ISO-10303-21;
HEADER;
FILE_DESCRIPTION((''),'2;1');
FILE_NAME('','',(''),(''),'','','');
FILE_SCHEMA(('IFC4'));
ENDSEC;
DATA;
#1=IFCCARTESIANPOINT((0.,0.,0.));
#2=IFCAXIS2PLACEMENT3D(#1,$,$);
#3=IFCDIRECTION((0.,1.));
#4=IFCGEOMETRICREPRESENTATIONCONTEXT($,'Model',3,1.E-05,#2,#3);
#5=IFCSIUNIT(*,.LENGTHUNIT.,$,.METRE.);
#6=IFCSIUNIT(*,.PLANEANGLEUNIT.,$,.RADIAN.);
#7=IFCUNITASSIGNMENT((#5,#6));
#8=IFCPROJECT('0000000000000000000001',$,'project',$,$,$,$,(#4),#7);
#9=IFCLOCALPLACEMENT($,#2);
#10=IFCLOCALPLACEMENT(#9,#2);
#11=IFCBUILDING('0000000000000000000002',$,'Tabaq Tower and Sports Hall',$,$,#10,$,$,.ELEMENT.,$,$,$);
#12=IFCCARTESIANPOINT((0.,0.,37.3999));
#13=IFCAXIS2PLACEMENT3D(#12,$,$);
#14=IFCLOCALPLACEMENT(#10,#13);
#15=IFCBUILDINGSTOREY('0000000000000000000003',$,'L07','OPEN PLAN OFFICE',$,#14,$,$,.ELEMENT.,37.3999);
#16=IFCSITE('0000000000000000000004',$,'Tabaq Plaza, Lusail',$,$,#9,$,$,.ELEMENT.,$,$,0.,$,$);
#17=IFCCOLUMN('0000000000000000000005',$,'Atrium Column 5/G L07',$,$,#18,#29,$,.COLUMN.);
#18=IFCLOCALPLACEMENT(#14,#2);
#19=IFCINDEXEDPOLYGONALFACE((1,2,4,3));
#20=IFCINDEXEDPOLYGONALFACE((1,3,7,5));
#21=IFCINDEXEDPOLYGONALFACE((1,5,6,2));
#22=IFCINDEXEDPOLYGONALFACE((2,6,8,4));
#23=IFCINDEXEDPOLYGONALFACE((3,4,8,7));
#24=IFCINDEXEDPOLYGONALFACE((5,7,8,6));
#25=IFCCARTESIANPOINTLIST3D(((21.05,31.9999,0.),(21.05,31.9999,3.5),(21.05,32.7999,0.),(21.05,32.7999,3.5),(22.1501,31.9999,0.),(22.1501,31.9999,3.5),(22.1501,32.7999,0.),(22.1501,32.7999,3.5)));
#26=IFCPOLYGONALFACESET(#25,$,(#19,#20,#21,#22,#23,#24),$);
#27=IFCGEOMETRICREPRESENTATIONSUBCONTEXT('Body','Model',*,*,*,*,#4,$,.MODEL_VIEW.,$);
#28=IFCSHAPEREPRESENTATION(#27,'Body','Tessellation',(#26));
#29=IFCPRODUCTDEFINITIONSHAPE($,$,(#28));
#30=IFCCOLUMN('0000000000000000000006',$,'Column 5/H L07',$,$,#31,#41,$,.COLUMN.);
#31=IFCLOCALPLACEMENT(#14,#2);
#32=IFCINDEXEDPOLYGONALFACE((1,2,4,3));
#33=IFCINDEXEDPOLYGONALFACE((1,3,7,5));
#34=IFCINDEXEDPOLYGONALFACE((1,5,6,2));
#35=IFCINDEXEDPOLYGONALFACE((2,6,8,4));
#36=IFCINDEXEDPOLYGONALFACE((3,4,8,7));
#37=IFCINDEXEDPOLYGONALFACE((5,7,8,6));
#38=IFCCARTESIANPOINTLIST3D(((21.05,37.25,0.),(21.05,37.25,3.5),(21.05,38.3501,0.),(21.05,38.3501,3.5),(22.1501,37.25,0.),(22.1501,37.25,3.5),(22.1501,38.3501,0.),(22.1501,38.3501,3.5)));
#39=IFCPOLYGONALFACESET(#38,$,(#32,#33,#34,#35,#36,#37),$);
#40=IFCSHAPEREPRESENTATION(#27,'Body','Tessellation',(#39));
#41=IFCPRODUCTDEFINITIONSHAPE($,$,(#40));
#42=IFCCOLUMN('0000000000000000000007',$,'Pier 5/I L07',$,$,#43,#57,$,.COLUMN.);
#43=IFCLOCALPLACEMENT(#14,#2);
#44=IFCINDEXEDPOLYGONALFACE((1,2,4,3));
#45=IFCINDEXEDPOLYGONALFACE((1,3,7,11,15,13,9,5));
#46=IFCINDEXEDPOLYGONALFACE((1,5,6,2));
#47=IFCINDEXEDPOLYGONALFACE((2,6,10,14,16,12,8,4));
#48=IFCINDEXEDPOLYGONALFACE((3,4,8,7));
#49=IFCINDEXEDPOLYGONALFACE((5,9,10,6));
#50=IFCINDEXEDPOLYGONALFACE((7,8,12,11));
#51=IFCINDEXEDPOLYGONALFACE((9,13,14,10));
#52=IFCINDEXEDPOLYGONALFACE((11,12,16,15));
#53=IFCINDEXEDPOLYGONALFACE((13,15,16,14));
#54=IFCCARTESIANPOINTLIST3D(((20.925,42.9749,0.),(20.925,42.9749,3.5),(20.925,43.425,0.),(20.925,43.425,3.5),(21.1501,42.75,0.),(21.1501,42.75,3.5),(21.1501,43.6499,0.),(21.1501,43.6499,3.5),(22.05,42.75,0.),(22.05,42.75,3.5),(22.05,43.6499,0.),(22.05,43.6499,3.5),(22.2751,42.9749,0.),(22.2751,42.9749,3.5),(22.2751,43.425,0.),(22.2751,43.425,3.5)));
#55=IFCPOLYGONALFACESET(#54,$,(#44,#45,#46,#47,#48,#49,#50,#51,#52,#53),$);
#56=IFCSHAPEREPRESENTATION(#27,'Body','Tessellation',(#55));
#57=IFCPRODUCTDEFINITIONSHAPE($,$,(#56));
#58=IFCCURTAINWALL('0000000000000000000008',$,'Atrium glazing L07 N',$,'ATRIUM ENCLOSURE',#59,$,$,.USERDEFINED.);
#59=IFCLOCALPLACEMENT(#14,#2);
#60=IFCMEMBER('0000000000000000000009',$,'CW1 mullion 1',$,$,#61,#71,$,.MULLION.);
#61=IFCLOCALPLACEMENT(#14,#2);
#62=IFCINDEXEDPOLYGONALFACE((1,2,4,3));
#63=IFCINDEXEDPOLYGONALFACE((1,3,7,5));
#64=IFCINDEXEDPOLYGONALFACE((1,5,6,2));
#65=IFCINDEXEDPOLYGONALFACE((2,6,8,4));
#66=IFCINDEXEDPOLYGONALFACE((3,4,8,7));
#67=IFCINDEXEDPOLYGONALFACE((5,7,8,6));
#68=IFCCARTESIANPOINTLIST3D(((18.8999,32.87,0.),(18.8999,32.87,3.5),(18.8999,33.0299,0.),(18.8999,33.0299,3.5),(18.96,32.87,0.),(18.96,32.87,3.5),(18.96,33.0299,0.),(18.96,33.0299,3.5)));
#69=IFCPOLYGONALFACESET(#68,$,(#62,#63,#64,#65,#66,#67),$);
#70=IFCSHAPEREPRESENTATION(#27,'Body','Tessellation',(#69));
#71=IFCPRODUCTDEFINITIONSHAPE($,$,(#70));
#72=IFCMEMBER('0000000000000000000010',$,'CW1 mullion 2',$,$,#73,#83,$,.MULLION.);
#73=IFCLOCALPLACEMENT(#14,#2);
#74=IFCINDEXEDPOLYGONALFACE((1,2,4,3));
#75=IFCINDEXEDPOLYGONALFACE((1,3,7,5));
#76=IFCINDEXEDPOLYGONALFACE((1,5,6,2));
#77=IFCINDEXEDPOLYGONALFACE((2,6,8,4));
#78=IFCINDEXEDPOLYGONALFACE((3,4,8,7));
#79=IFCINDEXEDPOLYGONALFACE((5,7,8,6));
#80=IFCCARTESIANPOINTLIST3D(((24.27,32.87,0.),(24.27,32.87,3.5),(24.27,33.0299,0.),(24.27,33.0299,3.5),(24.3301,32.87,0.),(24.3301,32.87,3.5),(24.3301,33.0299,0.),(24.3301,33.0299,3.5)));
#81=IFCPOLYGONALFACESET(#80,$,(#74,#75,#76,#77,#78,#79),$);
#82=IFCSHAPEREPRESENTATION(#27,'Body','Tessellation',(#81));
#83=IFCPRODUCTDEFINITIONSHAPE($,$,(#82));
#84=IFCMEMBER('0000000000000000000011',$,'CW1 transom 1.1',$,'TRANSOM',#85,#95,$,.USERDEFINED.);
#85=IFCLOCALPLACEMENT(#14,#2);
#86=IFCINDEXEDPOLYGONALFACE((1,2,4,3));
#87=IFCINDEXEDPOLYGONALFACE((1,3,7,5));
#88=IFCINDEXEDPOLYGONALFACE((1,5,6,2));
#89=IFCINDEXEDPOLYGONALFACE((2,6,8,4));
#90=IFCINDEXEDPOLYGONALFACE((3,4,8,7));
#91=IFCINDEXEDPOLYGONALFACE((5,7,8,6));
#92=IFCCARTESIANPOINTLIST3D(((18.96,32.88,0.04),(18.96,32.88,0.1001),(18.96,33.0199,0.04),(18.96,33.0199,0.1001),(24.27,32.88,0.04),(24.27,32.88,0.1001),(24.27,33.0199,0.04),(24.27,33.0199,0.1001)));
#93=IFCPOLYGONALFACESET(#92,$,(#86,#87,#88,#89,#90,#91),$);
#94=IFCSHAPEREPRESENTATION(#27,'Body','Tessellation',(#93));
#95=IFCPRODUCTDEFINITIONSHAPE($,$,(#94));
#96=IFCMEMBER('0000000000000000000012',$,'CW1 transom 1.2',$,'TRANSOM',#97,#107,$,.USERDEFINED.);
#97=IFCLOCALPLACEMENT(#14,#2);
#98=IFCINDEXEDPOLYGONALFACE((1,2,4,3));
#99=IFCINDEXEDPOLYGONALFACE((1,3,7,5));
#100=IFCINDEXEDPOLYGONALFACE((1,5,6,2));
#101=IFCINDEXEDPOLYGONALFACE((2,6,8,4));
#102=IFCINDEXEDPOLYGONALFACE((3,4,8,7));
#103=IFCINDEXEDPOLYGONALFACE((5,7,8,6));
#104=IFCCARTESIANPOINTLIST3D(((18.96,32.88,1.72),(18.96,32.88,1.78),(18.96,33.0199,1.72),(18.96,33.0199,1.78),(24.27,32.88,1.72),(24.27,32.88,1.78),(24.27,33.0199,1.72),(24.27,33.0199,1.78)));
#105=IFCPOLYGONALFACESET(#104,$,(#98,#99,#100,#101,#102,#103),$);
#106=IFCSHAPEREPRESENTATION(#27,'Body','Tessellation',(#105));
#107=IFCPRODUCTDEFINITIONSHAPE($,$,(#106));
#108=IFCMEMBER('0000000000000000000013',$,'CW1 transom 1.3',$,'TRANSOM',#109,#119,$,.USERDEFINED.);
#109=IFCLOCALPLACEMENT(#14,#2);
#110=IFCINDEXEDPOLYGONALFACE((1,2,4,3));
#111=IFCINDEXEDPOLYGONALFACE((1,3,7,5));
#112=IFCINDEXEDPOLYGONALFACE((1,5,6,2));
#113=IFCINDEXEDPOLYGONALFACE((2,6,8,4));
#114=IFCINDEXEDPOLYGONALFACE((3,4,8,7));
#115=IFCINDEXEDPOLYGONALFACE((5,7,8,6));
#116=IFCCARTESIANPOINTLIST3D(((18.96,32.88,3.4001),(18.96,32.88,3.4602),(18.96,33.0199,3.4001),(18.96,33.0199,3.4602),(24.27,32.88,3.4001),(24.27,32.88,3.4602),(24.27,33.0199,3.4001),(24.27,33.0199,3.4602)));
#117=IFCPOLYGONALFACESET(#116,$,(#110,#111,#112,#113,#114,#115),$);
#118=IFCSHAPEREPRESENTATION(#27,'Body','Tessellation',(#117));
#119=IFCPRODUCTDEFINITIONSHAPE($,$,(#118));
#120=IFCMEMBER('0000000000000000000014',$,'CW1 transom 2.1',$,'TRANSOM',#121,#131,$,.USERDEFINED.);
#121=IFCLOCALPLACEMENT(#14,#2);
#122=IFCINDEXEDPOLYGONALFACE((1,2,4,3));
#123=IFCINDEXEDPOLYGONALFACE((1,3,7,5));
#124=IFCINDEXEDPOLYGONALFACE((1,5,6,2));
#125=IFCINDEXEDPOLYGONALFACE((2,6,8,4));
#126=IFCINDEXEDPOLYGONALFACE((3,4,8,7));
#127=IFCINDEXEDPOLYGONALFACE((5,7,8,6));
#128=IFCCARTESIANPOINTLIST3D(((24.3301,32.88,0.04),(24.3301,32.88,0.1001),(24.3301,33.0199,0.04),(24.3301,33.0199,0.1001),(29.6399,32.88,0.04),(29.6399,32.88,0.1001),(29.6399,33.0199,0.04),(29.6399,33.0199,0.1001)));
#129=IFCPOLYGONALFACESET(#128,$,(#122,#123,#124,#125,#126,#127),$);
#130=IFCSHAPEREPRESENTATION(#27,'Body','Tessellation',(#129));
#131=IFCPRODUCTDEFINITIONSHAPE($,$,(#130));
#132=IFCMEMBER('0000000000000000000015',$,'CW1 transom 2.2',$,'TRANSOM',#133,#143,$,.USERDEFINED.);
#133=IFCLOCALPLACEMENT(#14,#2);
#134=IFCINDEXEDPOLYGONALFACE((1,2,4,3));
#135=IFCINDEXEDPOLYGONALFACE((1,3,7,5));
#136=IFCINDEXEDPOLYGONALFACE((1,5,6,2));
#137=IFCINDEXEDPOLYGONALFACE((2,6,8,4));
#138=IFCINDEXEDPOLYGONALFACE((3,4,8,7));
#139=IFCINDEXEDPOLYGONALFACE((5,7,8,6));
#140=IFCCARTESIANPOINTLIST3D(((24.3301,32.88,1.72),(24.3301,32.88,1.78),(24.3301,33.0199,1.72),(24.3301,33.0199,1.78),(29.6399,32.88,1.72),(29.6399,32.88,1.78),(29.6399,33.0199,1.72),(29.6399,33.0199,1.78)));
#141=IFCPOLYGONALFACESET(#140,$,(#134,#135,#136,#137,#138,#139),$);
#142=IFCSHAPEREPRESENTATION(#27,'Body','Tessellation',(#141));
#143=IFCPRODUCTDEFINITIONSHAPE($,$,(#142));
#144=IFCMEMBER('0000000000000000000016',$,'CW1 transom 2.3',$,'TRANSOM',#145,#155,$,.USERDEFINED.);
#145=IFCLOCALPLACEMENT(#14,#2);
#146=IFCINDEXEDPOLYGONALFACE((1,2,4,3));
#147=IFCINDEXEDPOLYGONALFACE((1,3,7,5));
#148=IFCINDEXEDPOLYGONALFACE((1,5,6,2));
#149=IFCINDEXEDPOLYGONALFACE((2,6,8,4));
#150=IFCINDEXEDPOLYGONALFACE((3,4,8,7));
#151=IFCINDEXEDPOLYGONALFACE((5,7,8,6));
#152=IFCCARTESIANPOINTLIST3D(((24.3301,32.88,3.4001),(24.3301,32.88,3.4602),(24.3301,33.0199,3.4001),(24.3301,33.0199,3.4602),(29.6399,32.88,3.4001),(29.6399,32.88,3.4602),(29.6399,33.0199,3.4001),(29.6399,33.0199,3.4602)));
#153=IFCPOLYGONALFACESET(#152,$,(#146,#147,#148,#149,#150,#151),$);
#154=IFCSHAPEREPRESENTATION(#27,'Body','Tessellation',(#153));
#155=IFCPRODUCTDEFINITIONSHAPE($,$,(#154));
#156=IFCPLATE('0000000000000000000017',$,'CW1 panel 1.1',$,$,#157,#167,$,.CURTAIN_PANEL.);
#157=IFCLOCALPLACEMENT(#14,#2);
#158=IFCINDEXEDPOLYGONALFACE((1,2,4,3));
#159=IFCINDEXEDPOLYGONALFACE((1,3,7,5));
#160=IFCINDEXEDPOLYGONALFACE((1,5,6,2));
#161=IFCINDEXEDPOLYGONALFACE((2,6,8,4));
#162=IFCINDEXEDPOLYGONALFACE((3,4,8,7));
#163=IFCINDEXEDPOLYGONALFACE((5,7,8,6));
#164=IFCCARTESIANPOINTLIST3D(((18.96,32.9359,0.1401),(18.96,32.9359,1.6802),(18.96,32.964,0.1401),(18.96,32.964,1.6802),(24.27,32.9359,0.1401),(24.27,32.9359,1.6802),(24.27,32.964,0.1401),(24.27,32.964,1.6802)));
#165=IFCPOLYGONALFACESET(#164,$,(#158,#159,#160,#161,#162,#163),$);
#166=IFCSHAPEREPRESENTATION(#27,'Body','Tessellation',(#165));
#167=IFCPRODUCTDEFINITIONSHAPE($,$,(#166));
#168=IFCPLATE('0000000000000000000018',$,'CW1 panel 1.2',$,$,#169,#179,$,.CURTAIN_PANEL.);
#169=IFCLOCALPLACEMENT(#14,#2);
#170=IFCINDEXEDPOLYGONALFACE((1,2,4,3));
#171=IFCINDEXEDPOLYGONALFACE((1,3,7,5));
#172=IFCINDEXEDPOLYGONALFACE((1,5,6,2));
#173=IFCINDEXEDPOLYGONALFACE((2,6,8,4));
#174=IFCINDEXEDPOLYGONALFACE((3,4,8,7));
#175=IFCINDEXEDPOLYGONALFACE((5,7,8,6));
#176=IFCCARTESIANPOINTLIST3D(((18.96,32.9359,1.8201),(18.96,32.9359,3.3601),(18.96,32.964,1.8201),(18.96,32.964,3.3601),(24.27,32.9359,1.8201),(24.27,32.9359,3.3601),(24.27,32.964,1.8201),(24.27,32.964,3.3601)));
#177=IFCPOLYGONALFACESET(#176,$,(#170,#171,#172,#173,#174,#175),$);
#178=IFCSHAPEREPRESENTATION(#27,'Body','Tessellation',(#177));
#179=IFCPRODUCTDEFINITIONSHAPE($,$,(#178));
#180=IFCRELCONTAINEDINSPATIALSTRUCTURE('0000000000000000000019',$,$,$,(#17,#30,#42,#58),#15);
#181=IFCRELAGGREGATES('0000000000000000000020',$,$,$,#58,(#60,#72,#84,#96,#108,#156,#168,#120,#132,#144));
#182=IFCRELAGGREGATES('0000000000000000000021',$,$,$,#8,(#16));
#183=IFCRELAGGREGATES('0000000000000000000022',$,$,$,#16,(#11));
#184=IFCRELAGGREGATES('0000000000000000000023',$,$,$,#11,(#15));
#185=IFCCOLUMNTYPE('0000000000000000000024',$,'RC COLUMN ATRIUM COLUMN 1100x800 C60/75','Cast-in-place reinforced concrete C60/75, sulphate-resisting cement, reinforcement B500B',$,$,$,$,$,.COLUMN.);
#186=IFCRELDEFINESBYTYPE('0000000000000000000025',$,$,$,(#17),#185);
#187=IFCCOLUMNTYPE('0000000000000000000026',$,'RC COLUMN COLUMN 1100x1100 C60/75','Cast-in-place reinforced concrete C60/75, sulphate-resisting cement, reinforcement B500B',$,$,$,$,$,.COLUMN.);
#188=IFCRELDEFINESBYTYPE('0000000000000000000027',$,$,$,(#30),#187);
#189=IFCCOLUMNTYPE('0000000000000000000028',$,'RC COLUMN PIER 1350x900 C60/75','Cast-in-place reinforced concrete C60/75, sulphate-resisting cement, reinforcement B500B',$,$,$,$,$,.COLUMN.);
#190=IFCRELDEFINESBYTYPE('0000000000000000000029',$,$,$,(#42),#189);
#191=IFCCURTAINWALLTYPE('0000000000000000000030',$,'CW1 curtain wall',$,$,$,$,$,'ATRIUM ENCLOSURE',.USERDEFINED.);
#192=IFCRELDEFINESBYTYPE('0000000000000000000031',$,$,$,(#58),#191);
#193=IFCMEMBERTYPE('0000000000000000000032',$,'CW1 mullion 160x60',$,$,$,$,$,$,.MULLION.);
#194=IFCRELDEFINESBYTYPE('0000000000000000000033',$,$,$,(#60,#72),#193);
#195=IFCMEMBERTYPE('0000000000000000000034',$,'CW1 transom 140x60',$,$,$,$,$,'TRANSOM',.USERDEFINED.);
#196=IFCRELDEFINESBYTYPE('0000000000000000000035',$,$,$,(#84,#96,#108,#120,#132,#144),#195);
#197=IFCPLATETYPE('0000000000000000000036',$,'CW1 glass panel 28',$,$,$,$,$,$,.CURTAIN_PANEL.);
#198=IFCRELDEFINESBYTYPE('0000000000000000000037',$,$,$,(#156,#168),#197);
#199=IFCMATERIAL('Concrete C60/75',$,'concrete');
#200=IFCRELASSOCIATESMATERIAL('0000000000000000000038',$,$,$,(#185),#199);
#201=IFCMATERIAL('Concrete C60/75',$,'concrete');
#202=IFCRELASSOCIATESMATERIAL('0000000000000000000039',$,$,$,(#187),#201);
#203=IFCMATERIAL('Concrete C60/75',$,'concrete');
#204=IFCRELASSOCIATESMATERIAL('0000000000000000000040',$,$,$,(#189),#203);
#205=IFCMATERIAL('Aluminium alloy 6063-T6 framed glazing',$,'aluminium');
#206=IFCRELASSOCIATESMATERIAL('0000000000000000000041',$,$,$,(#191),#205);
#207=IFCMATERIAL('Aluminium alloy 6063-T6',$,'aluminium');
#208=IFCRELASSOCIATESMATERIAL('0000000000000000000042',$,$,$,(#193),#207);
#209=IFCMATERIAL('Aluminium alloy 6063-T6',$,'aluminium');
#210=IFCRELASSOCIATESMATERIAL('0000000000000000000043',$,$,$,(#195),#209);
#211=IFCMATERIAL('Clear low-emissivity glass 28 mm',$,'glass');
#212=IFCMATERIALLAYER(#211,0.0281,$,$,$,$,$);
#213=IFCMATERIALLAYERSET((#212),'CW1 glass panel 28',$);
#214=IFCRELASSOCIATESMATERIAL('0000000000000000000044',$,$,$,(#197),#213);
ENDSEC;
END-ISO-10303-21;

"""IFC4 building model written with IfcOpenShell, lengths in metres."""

from ifc_helpers import new_model, si_unit, direction, frame, origin, origin_2d, place, context, subcontext, project, spatial, polyline, rectangle, outline, extrude, material, layer, layer_set, material_profile, profile_set, type_object, element, aggregate, save


model = new_model("IFC4")

# Units and contexts
model_context = context("Model", 3, precision=1e-05, world=origin(), true_north=direction((0.0, 1.0)))
body_context = subcontext(model_context, "Body", "Model", "MODEL_VIEW")
ifc_project = project(units=[si_unit("LENGTHUNIT", "METRE"), si_unit("PLANEANGLEUNIT", "RADIAN")], contexts=[model_context])

# Site, building, storey
site_placement = place(None, origin())
site = spatial("IfcSite", under=ifc_project, at=site_placement, Name="Tabaq Plaza, Lusail", CompositionType="ELEMENT", RefElevation=0.0)
building_placement = place(site_placement, origin())
building = spatial("IfcBuilding", under=site, at=building_placement, Name="Tabaq Tower and Sports Hall", CompositionType="ELEMENT")
storey_placement = place(building_placement, frame((0.0, 0.0, 37.3999)))
storey = spatial("IfcBuildingStorey", under=building, at=storey_placement, Name="L07", Description="OPEN PLAN OFFICE", CompositionType="ELEMENT", Elevation=37.3999)

# Columns
ifc_material_1 = material(Name="Concrete C60/75", Category="concrete")
ifc_material_profile_1 = material_profile(ifc_material_1, rectangle(XDim=1.1001, YDim=0.8, at=origin_2d()), Name="ATRIUM COLUMN 1100x800")
ifc_profile_set_1 = profile_set([ifc_material_profile_1], Name="Concrete C60/75")
column_type_1 = type_object("IfcColumnType", Name="RC COLUMN ATRIUM COLUMN 1100x800 C60/75", Description="Cast-in-place reinforced concrete C60/75, sulphate-resisting cement, reinforcement B500B", PredefinedType="COLUMN", material=ifc_profile_set_1)
column_1_placement = place(storey_placement, frame((21.6001, 32.3999, 0.0), z_axis=(0.0, 0.0, 1.0), x_axis=(1.0, 0.0, 0.0)))
element("IfcColumn", 1, at=column_1_placement, inside=storey, type_object=column_type_1, Name="Atrium Column 5/G L07", PredefinedType="COLUMN", context=body_context, shape_type="SweptSolid", body=[
    extrude(rectangle(XDim=1.1001, YDim=0.8, at=origin_2d()), origin(), (0.0, 0.0, 1.0), 3.5),
])
ifc_material_2 = material(Name="Concrete C60/75", Category="concrete")
ifc_material_profile_2 = material_profile(ifc_material_2, rectangle(XDim=1.1001, YDim=1.1001, at=origin_2d()), Name="COLUMN 1100x1100")
ifc_profile_set_2 = profile_set([ifc_material_profile_2], Name="Concrete C60/75")
column_type_2 = type_object("IfcColumnType", Name="RC COLUMN COLUMN 1100x1100 C60/75", Description="Cast-in-place reinforced concrete C60/75, sulphate-resisting cement, reinforcement B500B", PredefinedType="COLUMN", material=ifc_profile_set_2)
column_2_placement = place(storey_placement, frame((21.6001, 37.8, 0.0), z_axis=(0.0, 0.0, 1.0), x_axis=(1.0, 0.0, 0.0)))
element("IfcColumn", 2, at=column_2_placement, inside=storey, type_object=column_type_2, Name="Column 5/H L07", PredefinedType="COLUMN", context=body_context, shape_type="SweptSolid", body=[
    extrude(rectangle(XDim=1.1001, YDim=1.1001, at=origin_2d()), origin(), (0.0, 0.0, 1.0), 3.5),
])
ifc_material_3 = material(Name="Concrete C60/75", Category="concrete")
ifc_material_profile_3 = material_profile(ifc_material_3, outline(polyline([(-0.45, -0.45), (0.45, -0.45), (0.675, -0.2251), (0.675, 0.2251), (0.45, 0.45), (-0.45, 0.45), (-0.675, 0.2251), (-0.675, -0.2251), (-0.45, -0.45)])), Name="PIER 1350x900")
ifc_profile_set_3 = profile_set([ifc_material_profile_3], Name="Concrete C60/75")
column_type_3 = type_object("IfcColumnType", Name="RC COLUMN PIER 1350x900 C60/75", Description="Cast-in-place reinforced concrete C60/75, sulphate-resisting cement, reinforcement B500B", PredefinedType="COLUMN", material=ifc_profile_set_3)
column_3_placement = place(storey_placement, frame((21.6001, 43.2, 0.0), z_axis=(0.0, 0.0, 1.0), x_axis=(1.0, 0.0, 0.0)))
element("IfcColumn", 3, at=column_3_placement, inside=storey, type_object=column_type_3, Name="Pier 5/I L07", PredefinedType="COLUMN", context=body_context, shape_type="SweptSolid", body=[
    extrude(outline(polyline([(-0.45, -0.45), (0.45, -0.45), (0.675, -0.2251), (0.675, 0.2251), (0.45, 0.45), (-0.45, 0.45), (-0.675, 0.2251), (-0.675, -0.2251), (-0.45, -0.45)])), origin(), (0.0, 0.0, 1.0), 3.5),
])

# Curtain wall, members, plates
ifc_material_4 = material(Name="Aluminium alloy 6063-T6 framed glazing", Category="aluminium")
curtain_wall_type = type_object("IfcCurtainWallType", Name="CW1 curtain wall", ElementType="ATRIUM ENCLOSURE", PredefinedType="USERDEFINED", material=ifc_material_4)
curtain_wall_placement = place(storey_placement, origin())
curtain_wall = element("IfcCurtainWall", 4, at=curtain_wall_placement, inside=storey, type_object=curtain_wall_type, Name="Atrium glazing L07 N", ObjectType="ATRIUM ENCLOSURE", PredefinedType="USERDEFINED")
ifc_material_5 = material(Name="Aluminium alloy 6063-T6", Category="aluminium")
ifc_material_profile_4 = material_profile(ifc_material_5, rectangle(XDim=0.1599, YDim=0.0601, at=origin_2d()), Name="MULLION 160x60")
ifc_profile_set_4 = profile_set([ifc_material_profile_4], Name="Aluminium alloy 6063-T6")
member_type_1 = type_object("IfcMemberType", Name="CW1 mullion 160x60", PredefinedType="MULLION", material=ifc_profile_set_4)
member_1_placement = place(storey_placement, frame((18.9299, 32.95, 0.0), z_axis=(0.0, 0.0, 1.0), x_axis=(0.0, 1.0, 0.0)))
member_1 = element("IfcMember", 5, at=member_1_placement, type_object=member_type_1, Name="CW1 mullion 1", PredefinedType="MULLION", context=body_context, shape_type="SweptSolid", body=[
    extrude(rectangle(XDim=0.1599, YDim=0.0601, at=origin_2d()), origin(), (0.0, 0.0, 1.0), 3.5),
])
member_2_placement = place(storey_placement, frame((24.3, 32.95, 0.0), z_axis=(0.0, 0.0, 1.0), x_axis=(0.0, 1.0, 0.0)))
member_2 = element("IfcMember", 6, at=member_2_placement, type_object=member_type_1, Name="CW1 mullion 2", PredefinedType="MULLION", context=body_context, shape_type="SweptSolid", body=[
    extrude(rectangle(XDim=0.1599, YDim=0.0601, at=origin_2d()), origin(), (0.0, 0.0, 1.0), 3.5),
])
ifc_material_6 = material(Name="Aluminium alloy 6063-T6", Category="aluminium")
ifc_material_profile_5 = material_profile(ifc_material_6, rectangle(XDim=0.1399, YDim=0.0601, at=origin_2d()), Name="TRANSOM 140x60")
ifc_profile_set_5 = profile_set([ifc_material_profile_5], Name="Aluminium alloy 6063-T6")
member_type_2 = type_object("IfcMemberType", Name="CW1 transom 140x60", ElementType="TRANSOM", PredefinedType="USERDEFINED", material=ifc_profile_set_5)
member_3_placement = place(storey_placement, frame((18.96, 32.95, 0.0701), z_axis=(1.0, 0.0, 0.0), x_axis=(0.0, 1.0, 0.0)))
member_3 = element("IfcMember", 7, at=member_3_placement, type_object=member_type_2, Name="CW1 transom 1.1", ObjectType="TRANSOM", PredefinedType="USERDEFINED", context=body_context, shape_type="SweptSolid", body=[
    extrude(rectangle(XDim=0.1399, YDim=0.0601, at=origin_2d()), origin(), (0.0, 0.0, 1.0), 5.3101),
])
member_4_placement = place(storey_placement, frame((18.96, 32.95, 1.75), z_axis=(1.0, 0.0, 0.0), x_axis=(0.0, 1.0, 0.0)))
member_4 = element("IfcMember", 8, at=member_4_placement, type_object=member_type_2, Name="CW1 transom 1.2", ObjectType="TRANSOM", PredefinedType="USERDEFINED", context=body_context, shape_type="SweptSolid", body=[
    extrude(rectangle(XDim=0.1399, YDim=0.0601, at=origin_2d()), origin(), (0.0, 0.0, 1.0), 5.3101),
])
member_5_placement = place(storey_placement, frame((18.96, 32.95, 3.4302), z_axis=(1.0, 0.0, 0.0), x_axis=(0.0, 1.0, 0.0)))
member_5 = element("IfcMember", 9, at=member_5_placement, type_object=member_type_2, Name="CW1 transom 1.3", ObjectType="TRANSOM", PredefinedType="USERDEFINED", context=body_context, shape_type="SweptSolid", body=[
    extrude(rectangle(XDim=0.1399, YDim=0.0601, at=origin_2d()), origin(), (0.0, 0.0, 1.0), 5.3101),
])
member_6_placement = place(storey_placement, frame((24.3301, 32.95, 0.0701), z_axis=(1.0, 0.0, 0.0), x_axis=(0.0, 1.0, 0.0)))
member_6 = element("IfcMember", 10, at=member_6_placement, type_object=member_type_2, Name="CW1 transom 2.1", ObjectType="TRANSOM", PredefinedType="USERDEFINED", context=body_context, shape_type="SweptSolid", body=[
    extrude(rectangle(XDim=0.1399, YDim=0.0601, at=origin_2d()), origin(), (0.0, 0.0, 1.0), 5.3098),
])
member_7_placement = place(storey_placement, frame((24.3301, 32.95, 1.75), z_axis=(1.0, 0.0, 0.0), x_axis=(0.0, 1.0, 0.0)))
member_7 = element("IfcMember", 11, at=member_7_placement, type_object=member_type_2, Name="CW1 transom 2.2", ObjectType="TRANSOM", PredefinedType="USERDEFINED", context=body_context, shape_type="SweptSolid", body=[
    extrude(rectangle(XDim=0.1399, YDim=0.0601, at=origin_2d()), origin(), (0.0, 0.0, 1.0), 5.3098),
])
member_8_placement = place(storey_placement, frame((24.3301, 32.95, 3.4302), z_axis=(1.0, 0.0, 0.0), x_axis=(0.0, 1.0, 0.0)))
member_8 = element("IfcMember", 12, at=member_8_placement, type_object=member_type_2, Name="CW1 transom 2.3", ObjectType="TRANSOM", PredefinedType="USERDEFINED", context=body_context, shape_type="SweptSolid", body=[
    extrude(rectangle(XDim=0.1399, YDim=0.0601, at=origin_2d()), origin(), (0.0, 0.0, 1.0), 5.3098),
])
ifc_material_7 = material(Name="Clear low-emissivity glass 28 mm", Category="glass")
ifc_layer_1 = layer(ifc_material_7, 0.0281)
ifc_layer_set_1 = layer_set([ifc_layer_1], Name="CW1 glass panel 28")
plate_type = type_object("IfcPlateType", Name="CW1 glass panel 28", PredefinedType="CURTAIN_PANEL", material=ifc_layer_set_1)
plate_1_placement = place(storey_placement, frame((21.615, 32.95, 0.1401), z_axis=(0.0, 0.0, 1.0), x_axis=(1.0, 0.0, 0.0)))
plate_1 = element("IfcPlate", 13, at=plate_1_placement, type_object=plate_type, Name="CW1 panel 1.1", PredefinedType="CURTAIN_PANEL", context=body_context, shape_type="SweptSolid", body=[
    extrude(rectangle(XDim=5.3101, YDim=0.0281, at=origin_2d()), origin(), (0.0, 0.0, 1.0), 1.54),
])
plate_2_placement = place(storey_placement, frame((21.615, 32.95, 1.8201), z_axis=(0.0, 0.0, 1.0), x_axis=(1.0, 0.0, 0.0)))
plate_2 = element("IfcPlate", 14, at=plate_2_placement, type_object=plate_type, Name="CW1 panel 1.2", PredefinedType="CURTAIN_PANEL", context=body_context, shape_type="SweptSolid", body=[
    extrude(rectangle(XDim=5.3101, YDim=0.0281, at=origin_2d()), origin(), (0.0, 0.0, 1.0), 1.54),
])
aggregate(curtain_wall, [member_1, member_2, member_3, member_4, member_5, plate_1, plate_2, member_6, member_7, member_8])

save(model, "model.ifc")
